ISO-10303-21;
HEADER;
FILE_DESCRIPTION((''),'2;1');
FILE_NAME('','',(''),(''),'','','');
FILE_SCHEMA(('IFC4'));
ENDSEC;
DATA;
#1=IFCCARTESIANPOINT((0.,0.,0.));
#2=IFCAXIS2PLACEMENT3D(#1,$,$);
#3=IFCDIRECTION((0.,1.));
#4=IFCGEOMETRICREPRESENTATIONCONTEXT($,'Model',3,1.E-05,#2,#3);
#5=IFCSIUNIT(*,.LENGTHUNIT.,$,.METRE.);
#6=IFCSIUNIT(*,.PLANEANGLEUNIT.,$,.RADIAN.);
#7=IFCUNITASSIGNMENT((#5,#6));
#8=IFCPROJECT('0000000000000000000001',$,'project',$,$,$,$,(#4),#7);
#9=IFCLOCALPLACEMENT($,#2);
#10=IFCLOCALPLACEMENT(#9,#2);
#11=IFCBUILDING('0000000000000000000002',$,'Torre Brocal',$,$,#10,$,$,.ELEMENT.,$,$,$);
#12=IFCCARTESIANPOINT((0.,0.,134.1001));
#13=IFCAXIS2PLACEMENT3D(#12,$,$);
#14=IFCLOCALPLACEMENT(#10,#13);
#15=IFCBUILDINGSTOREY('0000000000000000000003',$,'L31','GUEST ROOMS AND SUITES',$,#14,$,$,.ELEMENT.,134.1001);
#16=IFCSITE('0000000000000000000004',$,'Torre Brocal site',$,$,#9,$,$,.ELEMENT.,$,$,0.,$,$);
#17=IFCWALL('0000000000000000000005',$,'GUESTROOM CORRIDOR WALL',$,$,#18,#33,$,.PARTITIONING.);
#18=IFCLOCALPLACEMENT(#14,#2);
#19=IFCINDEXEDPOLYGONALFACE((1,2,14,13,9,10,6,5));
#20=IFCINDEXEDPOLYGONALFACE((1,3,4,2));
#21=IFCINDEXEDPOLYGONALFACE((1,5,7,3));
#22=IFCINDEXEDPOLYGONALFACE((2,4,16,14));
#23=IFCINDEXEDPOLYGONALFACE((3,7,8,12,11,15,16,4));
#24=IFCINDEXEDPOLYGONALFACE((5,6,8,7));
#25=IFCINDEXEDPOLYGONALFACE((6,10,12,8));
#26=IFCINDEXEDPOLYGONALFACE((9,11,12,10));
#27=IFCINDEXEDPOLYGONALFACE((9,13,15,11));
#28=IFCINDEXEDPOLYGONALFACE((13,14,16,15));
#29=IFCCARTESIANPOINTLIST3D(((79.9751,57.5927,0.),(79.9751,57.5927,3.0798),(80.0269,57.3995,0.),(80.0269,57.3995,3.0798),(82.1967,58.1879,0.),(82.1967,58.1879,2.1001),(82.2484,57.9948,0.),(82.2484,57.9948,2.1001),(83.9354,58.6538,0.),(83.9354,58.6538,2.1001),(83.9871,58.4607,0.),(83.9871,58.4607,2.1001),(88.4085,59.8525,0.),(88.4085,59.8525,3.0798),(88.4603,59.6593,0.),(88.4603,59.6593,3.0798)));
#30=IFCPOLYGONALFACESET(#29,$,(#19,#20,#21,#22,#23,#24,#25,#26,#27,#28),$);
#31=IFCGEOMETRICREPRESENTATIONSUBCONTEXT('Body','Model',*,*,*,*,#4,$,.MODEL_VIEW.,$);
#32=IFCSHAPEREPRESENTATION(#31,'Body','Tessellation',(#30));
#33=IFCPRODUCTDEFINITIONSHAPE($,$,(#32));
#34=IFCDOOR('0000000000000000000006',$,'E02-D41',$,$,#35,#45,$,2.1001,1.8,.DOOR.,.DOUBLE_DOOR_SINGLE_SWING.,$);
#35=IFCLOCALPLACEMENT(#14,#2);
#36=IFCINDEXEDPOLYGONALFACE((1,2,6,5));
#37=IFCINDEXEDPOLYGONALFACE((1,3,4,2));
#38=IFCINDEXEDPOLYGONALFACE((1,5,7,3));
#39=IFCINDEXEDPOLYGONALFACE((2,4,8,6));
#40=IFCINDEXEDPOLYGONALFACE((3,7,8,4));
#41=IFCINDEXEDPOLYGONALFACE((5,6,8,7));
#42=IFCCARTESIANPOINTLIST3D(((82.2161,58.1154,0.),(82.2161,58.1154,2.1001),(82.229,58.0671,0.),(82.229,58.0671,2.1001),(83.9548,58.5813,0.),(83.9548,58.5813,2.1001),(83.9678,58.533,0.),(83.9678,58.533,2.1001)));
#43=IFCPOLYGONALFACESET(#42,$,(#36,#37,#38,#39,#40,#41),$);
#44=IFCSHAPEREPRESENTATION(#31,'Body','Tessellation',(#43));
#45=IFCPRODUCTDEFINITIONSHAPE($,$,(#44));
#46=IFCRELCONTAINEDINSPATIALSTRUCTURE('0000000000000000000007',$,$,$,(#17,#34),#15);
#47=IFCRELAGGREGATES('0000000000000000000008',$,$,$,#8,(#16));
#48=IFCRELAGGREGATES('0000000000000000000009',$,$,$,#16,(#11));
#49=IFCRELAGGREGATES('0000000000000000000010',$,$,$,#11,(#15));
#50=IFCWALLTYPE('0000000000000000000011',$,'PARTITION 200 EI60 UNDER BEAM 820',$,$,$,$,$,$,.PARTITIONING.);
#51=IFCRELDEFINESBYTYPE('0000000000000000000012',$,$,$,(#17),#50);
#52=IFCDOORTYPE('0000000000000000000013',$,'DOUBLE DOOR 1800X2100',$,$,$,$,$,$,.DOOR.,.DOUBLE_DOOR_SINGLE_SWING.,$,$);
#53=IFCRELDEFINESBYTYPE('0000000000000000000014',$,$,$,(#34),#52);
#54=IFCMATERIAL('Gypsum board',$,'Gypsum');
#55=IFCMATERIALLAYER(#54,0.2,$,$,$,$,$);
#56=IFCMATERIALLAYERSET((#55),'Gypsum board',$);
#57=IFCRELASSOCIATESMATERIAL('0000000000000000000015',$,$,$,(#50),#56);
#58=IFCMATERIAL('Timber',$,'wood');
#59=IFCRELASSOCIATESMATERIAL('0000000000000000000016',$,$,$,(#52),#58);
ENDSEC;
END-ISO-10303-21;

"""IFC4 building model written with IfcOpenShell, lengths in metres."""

from ifc_helpers import new_model, si_unit, direction, frame, frame_2d, origin, place, context, subcontext, project, spatial, rectangle, extrude, material, layer, layer_set, type_object, element, fill, save


model = new_model("IFC4")

# Units and contexts
model_context = context("Model", 3, precision=1e-05, world=origin(), true_north=direction((0.0, 1.0)))
body_context = subcontext(model_context, "Body", "Model", "MODEL_VIEW")
ifc_project = project(units=[si_unit("LENGTHUNIT", "METRE"), si_unit("PLANEANGLEUNIT", "RADIAN")], contexts=[model_context])

# Site, building, storey
site_placement = place(None, origin())
site = spatial("IfcSite", under=ifc_project, at=site_placement, Name="Torre Brocal site", CompositionType="ELEMENT", RefElevation=0.0)
building_placement = place(site_placement, origin())
building = spatial("IfcBuilding", under=site, at=building_placement, Name="Torre Brocal", CompositionType="ELEMENT")
storey_placement = place(building_placement, frame((0.0, 0.0, 134.1001)))
storey = spatial("IfcBuildingStorey", under=building, at=storey_placement, Name="L31", Description="GUEST ROOMS AND SUITES", CompositionType="ELEMENT", Elevation=134.1001)

# Wall, opening, door
ifc_material_1 = material(Name="Gypsum board", Category="Gypsum")
ifc_layer_1 = layer(ifc_material_1, 0.2)
ifc_layer_set_1 = layer_set([ifc_layer_1], Name="Gypsum board")
wall_type_1 = type_object("IfcWallType", Name="PARTITION 200 EI60 UNDER BEAM 820", PredefinedType="PARTITIONING", material=ifc_layer_set_1)
wall_1_placement = place(storey_placement, frame((80.001, 57.4961, 0.0), z_axis=(0.0, 0.0, 1.0), x_axis=(0.965924, 0.258825, 0.0)))
wall_1 = element("IfcWall", 1, at=wall_1_placement, inside=storey, type_object=wall_type_1, Name="GUESTROOM CORRIDOR WALL", PredefinedType="PARTITIONING", context=body_context, shape_type="SweptSolid", body=[
    extrude(rectangle(XDim=8.731, YDim=0.2, at=frame_2d((4.3655, 0.0))), origin(), (0.0, 0.0, 1.0), 3.0798),
])
opening_1_placement = place(wall_1_placement, frame((2.3, 0.0, 0.0)))
opening_1 = element("IfcOpeningElement", 2, at=opening_1_placement, cuts=wall_1, PredefinedType="OPENING", context=body_context, shape_type="SweptSolid", body=[
    extrude(rectangle(XDim=1.8, YDim=2.1001, at=frame_2d((0.8999, 1.05))), frame((0.0, 0.1099, 0.0), z_axis=(0.0, -1.0, 0.0), x_axis=(1.0, 0.0, 0.0)), (0.0, 0.0, 1.0), 0.22),
])
ifc_material_2 = material(Name="Timber", Category="wood")
door_type_1 = type_object("IfcDoorType", Name="DOUBLE DOOR 1800X2100", OperationType="DOUBLE_DOOR_SINGLE_SWING", PredefinedType="DOOR", material=ifc_material_2)
door_1_placement = place(opening_1_placement, origin())
door_1 = element("IfcDoor", 3, at=door_1_placement, inside=storey, type_object=door_type_1, Name="E02-D41", OperationType="DOUBLE_DOOR_SINGLE_SWING", OverallHeight=2.1001, OverallWidth=1.8, PredefinedType="DOOR", context=body_context, shape_type="SweptSolid", body=[
    extrude(rectangle(XDim=1.8, YDim=2.1001, at=frame_2d((0.8999, 1.05))), frame((0.0, 0.0249, 0.0), z_axis=(0.0, -1.0, 0.0), x_axis=(1.0, 0.0, 0.0)), (0.0, 0.0, 1.0), 0.05),
])
fill(opening_1, door_1)

save(model, "model.ifc")
